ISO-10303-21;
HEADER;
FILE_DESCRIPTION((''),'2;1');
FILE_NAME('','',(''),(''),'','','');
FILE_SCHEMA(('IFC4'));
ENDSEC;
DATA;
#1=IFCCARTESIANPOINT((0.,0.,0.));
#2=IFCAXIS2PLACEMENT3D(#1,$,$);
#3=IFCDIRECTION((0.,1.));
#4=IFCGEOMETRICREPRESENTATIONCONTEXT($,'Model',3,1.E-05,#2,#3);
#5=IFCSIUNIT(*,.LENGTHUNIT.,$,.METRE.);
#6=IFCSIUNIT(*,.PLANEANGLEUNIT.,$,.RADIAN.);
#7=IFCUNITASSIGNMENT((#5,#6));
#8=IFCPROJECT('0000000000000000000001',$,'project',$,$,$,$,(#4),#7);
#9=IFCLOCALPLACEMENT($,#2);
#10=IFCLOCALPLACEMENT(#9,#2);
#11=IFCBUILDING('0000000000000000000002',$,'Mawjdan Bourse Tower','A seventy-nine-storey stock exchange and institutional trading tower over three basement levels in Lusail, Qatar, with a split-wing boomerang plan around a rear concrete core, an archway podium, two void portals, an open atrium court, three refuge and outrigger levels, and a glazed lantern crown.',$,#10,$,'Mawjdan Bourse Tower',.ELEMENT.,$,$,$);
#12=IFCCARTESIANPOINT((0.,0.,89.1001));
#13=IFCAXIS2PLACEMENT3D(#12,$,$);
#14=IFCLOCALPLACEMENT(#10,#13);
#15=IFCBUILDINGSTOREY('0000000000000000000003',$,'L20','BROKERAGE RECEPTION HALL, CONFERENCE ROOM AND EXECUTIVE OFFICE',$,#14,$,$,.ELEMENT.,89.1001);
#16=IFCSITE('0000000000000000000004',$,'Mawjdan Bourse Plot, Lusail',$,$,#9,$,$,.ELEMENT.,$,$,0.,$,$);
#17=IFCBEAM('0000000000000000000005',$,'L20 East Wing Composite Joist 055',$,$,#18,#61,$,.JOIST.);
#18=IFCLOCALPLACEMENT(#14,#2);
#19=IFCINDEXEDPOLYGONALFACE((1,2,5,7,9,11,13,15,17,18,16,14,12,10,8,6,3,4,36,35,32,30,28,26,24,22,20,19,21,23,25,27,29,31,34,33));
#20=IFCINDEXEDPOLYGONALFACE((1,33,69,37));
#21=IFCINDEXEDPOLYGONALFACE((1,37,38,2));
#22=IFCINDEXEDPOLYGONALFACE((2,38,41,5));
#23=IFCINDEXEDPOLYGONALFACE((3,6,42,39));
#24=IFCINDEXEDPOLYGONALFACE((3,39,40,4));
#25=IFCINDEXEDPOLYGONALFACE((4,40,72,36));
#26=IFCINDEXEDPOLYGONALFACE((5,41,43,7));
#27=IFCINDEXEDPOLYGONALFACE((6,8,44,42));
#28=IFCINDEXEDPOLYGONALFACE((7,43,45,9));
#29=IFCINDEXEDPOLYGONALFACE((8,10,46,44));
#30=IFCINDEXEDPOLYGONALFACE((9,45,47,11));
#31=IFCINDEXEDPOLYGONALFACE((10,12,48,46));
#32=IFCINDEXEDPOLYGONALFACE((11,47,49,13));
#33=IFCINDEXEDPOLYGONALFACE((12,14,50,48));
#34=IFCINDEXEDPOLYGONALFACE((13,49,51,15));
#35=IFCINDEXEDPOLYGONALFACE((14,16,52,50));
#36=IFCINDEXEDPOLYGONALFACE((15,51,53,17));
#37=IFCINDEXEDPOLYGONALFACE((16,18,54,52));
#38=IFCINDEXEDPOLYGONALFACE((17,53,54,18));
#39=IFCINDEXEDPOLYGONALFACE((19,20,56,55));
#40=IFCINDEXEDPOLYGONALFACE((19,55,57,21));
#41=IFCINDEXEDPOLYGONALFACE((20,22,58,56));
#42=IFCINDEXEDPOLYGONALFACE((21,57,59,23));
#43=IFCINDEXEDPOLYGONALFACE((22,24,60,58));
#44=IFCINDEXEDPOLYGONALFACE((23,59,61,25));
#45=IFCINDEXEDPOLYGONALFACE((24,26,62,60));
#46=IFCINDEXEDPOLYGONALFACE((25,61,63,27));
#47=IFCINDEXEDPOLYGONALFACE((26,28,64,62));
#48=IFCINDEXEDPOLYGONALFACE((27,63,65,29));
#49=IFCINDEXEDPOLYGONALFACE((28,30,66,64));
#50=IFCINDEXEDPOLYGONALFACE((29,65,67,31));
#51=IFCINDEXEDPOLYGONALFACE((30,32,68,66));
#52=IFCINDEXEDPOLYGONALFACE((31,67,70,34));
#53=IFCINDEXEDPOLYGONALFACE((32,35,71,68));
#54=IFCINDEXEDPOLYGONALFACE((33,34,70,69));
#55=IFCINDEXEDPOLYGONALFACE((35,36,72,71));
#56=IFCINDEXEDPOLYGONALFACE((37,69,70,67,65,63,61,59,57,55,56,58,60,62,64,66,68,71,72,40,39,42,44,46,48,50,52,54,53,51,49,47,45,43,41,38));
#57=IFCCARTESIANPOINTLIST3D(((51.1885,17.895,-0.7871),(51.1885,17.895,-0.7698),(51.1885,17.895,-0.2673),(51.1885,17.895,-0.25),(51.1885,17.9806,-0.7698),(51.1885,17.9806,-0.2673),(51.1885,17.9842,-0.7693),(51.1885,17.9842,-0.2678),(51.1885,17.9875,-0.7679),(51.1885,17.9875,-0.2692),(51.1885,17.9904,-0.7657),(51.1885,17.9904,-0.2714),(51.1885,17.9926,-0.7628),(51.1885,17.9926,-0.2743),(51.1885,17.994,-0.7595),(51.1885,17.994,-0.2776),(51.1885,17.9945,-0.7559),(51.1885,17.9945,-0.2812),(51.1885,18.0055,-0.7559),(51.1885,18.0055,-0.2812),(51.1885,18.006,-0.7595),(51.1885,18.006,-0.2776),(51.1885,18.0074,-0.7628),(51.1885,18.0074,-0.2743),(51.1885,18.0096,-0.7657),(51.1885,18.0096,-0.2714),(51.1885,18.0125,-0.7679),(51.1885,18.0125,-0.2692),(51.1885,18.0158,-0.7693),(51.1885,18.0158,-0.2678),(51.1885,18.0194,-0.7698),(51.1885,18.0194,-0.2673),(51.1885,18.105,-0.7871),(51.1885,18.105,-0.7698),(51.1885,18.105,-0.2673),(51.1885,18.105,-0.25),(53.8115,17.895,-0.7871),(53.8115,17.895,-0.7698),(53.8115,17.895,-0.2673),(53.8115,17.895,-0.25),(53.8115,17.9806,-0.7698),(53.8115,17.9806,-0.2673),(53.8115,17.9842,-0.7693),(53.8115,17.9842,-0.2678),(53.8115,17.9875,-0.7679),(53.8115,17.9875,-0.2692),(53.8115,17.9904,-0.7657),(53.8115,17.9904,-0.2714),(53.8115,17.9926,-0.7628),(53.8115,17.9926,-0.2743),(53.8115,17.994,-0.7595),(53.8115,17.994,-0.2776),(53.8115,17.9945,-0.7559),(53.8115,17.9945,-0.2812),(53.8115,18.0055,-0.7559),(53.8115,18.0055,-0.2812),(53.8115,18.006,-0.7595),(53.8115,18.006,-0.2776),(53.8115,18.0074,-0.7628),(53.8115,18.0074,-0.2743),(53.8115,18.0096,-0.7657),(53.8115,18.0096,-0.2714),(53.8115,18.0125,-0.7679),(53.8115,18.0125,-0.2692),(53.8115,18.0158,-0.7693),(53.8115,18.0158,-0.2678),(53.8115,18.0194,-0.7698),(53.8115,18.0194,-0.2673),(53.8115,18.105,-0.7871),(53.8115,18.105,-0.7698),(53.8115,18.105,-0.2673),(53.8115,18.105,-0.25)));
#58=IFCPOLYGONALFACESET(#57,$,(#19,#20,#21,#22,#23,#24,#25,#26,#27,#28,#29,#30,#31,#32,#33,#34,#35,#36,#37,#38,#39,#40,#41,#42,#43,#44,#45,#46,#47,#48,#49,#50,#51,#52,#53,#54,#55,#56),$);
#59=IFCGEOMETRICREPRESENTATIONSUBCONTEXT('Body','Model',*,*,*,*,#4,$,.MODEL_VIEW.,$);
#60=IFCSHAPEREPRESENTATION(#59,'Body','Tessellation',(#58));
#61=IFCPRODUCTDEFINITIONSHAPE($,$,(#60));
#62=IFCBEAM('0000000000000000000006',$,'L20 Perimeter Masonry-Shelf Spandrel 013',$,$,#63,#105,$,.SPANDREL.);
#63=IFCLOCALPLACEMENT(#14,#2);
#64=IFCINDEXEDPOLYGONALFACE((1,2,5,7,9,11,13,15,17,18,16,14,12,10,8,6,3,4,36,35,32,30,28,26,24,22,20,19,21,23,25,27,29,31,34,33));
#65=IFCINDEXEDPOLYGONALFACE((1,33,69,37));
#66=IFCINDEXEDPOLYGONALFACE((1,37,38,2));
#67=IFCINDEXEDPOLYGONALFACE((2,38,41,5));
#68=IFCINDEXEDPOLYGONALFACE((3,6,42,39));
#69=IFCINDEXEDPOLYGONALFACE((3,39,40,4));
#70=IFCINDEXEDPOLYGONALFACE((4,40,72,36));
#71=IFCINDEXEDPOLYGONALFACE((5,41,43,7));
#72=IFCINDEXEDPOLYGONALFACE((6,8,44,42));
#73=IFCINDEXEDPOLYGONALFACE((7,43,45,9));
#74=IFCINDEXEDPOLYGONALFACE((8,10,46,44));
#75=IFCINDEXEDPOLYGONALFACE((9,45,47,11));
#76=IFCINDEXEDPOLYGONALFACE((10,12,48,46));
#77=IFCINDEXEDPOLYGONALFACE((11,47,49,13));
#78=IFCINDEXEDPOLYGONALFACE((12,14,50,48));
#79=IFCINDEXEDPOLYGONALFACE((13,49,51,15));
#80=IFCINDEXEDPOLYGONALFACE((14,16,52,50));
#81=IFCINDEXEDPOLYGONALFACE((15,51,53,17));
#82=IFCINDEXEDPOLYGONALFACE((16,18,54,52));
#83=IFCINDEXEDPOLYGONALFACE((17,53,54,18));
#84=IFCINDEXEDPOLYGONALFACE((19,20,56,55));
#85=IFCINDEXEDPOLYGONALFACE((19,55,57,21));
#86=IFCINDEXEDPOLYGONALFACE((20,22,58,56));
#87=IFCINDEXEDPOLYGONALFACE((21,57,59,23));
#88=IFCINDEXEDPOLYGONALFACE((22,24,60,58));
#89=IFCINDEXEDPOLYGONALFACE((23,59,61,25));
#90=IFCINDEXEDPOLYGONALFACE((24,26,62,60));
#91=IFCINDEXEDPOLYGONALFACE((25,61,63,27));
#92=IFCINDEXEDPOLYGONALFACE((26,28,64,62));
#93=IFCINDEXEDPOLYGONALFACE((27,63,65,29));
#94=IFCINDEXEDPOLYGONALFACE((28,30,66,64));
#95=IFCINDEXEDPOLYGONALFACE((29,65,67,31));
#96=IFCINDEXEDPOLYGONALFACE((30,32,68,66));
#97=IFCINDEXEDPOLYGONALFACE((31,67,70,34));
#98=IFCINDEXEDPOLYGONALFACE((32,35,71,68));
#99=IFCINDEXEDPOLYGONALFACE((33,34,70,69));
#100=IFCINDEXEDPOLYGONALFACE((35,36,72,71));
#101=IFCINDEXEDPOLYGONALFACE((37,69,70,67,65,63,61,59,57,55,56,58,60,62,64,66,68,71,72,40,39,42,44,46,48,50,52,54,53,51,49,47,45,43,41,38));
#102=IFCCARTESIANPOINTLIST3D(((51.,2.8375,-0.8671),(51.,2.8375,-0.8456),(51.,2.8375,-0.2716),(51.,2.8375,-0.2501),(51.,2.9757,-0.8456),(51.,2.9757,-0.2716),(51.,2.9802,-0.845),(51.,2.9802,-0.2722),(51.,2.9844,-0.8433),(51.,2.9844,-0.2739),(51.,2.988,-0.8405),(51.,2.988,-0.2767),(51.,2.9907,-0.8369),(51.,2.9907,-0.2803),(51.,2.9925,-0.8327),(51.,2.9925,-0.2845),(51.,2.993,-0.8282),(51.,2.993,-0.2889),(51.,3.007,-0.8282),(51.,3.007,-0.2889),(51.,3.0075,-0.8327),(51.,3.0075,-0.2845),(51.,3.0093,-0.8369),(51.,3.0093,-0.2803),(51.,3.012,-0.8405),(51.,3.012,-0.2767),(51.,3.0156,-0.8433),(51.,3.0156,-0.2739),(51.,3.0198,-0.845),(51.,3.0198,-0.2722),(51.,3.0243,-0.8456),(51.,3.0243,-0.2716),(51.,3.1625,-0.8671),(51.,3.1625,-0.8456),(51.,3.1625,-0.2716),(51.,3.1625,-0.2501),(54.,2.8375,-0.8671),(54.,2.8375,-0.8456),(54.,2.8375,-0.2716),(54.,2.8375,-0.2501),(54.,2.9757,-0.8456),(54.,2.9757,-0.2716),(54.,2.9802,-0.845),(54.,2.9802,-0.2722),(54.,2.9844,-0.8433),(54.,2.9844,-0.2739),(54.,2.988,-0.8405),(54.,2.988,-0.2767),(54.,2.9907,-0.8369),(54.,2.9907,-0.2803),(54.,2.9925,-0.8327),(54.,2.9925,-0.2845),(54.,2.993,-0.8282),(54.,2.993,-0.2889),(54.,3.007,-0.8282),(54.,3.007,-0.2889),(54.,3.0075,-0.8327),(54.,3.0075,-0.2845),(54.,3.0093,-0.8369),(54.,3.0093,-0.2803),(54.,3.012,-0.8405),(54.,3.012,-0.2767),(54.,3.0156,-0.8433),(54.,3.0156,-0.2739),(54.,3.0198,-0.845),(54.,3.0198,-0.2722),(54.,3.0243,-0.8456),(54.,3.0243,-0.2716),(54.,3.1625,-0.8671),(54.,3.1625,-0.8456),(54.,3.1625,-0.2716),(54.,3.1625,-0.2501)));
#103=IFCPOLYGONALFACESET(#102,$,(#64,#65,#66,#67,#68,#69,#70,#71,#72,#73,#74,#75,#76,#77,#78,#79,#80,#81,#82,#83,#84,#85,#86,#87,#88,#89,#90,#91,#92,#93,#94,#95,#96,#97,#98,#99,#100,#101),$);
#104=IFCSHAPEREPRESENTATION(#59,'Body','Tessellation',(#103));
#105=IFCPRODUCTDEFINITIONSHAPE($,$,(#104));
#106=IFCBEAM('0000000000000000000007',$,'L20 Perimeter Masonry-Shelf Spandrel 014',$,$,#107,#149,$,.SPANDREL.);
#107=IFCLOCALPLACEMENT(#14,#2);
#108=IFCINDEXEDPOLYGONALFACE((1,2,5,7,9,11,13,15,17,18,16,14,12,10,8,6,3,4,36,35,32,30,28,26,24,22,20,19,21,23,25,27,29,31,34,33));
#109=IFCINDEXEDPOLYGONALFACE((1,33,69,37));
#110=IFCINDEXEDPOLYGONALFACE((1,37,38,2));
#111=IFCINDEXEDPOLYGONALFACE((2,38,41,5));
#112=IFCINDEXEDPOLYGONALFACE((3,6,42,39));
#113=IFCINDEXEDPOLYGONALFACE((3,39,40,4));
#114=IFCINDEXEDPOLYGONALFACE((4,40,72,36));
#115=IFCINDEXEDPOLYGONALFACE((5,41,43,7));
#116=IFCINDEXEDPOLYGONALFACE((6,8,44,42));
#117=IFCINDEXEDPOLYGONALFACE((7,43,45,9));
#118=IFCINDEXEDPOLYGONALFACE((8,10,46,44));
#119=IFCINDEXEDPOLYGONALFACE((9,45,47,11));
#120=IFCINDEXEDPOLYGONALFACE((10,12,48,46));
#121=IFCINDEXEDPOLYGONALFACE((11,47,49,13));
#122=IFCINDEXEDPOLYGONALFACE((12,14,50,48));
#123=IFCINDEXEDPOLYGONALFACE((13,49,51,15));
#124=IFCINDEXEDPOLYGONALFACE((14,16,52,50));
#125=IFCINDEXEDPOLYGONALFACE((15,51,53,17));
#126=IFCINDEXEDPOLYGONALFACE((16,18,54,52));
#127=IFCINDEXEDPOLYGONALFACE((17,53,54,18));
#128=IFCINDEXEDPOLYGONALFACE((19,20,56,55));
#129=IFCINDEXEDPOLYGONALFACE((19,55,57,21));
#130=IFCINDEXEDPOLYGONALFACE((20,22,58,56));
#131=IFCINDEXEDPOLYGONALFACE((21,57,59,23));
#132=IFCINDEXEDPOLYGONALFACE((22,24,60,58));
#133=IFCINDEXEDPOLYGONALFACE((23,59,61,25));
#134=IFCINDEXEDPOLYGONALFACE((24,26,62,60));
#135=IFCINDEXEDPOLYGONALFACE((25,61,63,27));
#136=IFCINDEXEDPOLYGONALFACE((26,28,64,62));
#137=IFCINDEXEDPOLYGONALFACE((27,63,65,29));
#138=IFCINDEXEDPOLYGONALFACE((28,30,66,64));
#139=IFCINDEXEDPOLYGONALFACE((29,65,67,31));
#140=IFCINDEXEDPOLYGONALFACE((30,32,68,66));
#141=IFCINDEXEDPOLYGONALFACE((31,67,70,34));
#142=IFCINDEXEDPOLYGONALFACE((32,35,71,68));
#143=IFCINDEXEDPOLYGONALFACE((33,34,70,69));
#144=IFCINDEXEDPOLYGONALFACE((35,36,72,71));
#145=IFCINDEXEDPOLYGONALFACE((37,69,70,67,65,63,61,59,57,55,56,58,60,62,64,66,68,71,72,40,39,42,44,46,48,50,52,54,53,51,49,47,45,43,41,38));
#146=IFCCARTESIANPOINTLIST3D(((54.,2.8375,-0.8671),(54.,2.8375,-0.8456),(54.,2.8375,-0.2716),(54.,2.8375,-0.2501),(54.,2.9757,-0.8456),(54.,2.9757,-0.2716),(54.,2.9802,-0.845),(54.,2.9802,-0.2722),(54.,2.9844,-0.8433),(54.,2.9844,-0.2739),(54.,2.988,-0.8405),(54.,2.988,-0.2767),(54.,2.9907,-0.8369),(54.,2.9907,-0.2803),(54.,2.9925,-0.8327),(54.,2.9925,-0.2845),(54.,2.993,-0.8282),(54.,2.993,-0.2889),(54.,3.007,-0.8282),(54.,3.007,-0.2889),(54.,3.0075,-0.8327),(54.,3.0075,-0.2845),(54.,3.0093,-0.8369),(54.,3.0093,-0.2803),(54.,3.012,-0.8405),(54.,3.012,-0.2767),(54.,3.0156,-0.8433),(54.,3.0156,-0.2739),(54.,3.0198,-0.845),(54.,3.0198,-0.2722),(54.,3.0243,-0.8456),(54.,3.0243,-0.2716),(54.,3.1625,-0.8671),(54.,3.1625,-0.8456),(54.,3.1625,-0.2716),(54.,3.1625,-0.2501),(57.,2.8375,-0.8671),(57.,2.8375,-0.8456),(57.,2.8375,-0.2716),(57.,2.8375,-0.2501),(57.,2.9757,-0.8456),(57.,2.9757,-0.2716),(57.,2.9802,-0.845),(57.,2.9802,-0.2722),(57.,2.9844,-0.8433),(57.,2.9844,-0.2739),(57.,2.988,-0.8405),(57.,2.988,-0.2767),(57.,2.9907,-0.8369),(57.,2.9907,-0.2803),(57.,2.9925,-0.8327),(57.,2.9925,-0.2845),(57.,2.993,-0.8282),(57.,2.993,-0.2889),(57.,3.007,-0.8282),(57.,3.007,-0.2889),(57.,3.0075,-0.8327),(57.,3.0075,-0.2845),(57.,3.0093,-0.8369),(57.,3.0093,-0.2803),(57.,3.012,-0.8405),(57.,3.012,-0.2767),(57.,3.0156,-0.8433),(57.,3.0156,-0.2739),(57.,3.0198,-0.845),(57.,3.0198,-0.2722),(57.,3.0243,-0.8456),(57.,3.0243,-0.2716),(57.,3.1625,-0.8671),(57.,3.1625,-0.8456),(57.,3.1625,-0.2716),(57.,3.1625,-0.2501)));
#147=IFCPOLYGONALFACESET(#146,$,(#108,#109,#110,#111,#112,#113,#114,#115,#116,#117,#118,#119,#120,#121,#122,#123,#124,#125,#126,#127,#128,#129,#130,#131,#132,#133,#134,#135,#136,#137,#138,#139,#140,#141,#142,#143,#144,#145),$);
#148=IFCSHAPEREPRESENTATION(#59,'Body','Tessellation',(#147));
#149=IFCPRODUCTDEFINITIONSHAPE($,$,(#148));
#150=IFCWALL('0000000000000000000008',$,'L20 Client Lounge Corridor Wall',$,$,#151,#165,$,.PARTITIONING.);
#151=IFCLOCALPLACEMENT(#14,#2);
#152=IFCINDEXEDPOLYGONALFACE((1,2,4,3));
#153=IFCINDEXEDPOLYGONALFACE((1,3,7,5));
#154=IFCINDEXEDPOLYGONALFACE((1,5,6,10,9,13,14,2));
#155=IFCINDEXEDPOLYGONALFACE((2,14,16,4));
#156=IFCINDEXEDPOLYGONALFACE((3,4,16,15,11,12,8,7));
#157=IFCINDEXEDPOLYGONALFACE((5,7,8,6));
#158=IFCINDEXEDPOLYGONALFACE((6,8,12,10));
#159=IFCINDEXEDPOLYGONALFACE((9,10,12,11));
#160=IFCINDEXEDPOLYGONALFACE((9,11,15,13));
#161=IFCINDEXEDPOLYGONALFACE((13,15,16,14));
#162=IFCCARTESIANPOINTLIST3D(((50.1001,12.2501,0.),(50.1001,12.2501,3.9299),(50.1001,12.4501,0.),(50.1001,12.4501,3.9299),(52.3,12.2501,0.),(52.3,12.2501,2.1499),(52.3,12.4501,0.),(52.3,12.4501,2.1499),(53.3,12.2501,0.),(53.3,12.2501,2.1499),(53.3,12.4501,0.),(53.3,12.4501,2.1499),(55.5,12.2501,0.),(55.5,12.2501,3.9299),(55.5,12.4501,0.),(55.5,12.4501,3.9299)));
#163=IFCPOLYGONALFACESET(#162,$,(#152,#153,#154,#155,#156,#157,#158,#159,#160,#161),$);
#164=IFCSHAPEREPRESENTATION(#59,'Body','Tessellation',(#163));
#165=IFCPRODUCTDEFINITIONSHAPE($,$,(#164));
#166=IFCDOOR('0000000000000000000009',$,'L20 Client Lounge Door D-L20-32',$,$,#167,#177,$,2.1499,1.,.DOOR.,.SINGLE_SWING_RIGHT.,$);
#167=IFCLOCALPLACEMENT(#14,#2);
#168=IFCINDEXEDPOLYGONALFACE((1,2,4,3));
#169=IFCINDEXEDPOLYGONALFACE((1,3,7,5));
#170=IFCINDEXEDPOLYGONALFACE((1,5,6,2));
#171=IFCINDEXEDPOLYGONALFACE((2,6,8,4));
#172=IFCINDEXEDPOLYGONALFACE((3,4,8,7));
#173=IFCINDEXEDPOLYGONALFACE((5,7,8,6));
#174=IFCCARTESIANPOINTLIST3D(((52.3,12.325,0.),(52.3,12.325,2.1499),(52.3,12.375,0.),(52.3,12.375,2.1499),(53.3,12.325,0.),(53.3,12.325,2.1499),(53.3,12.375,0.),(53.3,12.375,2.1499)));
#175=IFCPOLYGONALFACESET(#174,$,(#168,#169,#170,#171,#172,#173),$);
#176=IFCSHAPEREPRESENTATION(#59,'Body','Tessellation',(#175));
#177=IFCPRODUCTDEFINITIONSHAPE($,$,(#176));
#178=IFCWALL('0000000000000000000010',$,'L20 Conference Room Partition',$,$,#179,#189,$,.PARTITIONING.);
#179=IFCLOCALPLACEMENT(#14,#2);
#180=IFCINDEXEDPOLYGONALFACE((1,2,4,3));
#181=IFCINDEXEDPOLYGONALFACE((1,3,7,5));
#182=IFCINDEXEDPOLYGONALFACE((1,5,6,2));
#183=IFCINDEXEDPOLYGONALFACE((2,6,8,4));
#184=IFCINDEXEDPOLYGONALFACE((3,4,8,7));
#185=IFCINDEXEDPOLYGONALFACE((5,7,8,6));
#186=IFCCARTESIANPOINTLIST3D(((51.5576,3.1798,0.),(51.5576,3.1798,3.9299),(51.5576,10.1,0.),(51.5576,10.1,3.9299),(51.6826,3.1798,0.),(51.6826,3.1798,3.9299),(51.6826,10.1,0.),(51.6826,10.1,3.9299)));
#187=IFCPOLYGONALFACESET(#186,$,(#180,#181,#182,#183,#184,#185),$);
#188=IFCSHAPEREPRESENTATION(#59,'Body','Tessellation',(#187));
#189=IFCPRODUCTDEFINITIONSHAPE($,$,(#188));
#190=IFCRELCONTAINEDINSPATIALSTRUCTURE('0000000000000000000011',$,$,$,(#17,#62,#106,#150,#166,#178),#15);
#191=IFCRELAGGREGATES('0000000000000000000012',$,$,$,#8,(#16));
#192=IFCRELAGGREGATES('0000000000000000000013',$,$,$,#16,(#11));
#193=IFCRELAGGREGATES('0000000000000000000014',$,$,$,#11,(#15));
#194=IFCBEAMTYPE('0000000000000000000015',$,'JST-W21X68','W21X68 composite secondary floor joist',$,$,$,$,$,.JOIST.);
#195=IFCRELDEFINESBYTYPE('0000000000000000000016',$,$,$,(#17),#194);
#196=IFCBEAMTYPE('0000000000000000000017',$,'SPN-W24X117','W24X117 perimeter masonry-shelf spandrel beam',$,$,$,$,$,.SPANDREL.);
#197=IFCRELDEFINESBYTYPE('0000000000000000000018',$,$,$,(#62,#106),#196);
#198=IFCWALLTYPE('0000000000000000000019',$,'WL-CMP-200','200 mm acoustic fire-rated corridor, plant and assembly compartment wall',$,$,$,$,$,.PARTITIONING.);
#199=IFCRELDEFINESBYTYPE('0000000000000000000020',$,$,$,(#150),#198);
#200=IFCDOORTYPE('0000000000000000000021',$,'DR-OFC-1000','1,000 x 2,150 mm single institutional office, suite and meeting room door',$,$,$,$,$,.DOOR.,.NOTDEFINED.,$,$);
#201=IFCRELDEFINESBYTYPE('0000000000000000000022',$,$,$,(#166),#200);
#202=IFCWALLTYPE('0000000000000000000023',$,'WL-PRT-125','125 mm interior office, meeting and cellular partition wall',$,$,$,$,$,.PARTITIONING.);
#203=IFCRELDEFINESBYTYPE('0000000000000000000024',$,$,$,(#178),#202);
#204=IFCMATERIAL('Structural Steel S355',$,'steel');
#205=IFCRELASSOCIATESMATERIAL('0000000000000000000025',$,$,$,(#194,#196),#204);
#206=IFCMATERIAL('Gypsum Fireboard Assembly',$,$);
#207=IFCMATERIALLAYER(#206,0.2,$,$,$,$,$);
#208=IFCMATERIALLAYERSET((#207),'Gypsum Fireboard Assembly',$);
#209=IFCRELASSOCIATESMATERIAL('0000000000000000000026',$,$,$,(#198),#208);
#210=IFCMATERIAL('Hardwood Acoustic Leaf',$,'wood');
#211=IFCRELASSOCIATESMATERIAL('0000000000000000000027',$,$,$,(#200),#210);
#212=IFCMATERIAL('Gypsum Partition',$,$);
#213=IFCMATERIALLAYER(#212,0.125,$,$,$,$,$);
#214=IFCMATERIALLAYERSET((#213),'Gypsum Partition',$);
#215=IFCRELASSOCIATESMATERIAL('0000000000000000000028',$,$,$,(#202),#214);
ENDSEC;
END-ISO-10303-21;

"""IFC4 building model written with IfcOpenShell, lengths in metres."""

from ifc_helpers import new_model, si_unit, direction, frame, frame_2d, origin, origin_2d, place, context, subcontext, project, spatial, rectangle, i_section, extrude, material, layer, layer_set, material_profile, profile_set, type_object, element, fill, save


model = new_model("IFC4")

# Units and contexts
model_context = context("Model", 3, precision=1e-05, world=origin(), true_north=direction((0.0, 1.0)))
body_context = subcontext(model_context, "Body", "Model", "MODEL_VIEW")
ifc_project = project(units=[si_unit("LENGTHUNIT", "METRE"), si_unit("PLANEANGLEUNIT", "RADIAN")], contexts=[model_context])

# Site, building, storey
site_placement = place(None, origin())
site = spatial("IfcSite", under=ifc_project, at=site_placement, Name="Mawjdan Bourse Plot, Lusail", CompositionType="ELEMENT", RefElevation=0.0)
building_placement = place(site_placement, origin())
building = spatial("IfcBuilding", under=site, at=building_placement, Name="Mawjdan Bourse Tower", Description="A seventy-nine-storey stock exchange and institutional trading tower over three basement levels in Lusail, Qatar, with a split-wing boomerang plan around a rear concrete core, an archway podium, two void portals, an open atrium court, three refuge and outrigger levels, and a glazed lantern crown.", LongName="Mawjdan Bourse Tower", CompositionType="ELEMENT")
storey_placement = place(building_placement, frame((0.0, 0.0, 89.1001)))
storey = spatial("IfcBuildingStorey", under=building, at=storey_placement, Name="L20", Description="BROKERAGE RECEPTION HALL, CONFERENCE ROOM AND EXECUTIVE OFFICE", CompositionType="ELEMENT", Elevation=89.1001)

# Beams
ifc_material_1 = material(Name="Structural Steel S355", Category="steel")
ifc_material_profile_1 = material_profile(ifc_material_1, i_section(OverallWidth=0.21, OverallDepth=0.5371, WebThickness=0.011, FlangeThickness=0.0173, FilletRadius=0.0139, at=origin_2d()), Name="W21X68")
ifc_profile_set_1 = profile_set([ifc_material_profile_1], Name="Structural Steel S355")
beam_type_1 = type_object("IfcBeamType", Name="JST-W21X68", Description="W21X68 composite secondary floor joist", PredefinedType="JOIST", material=ifc_profile_set_1)
for number, where, z_axis, x_axis, name in (
    (1, (51.1885, 18.0, -0.5186), (1.0, 0.0, 0.0), (0.0, 1.0, 0.0), "L20 East Wing Composite Joist 055"),
):
    element("IfcBeam", number, at=place(storey_placement, frame(where, z_axis=z_axis, x_axis=x_axis)), inside=storey, type_object=beam_type_1, Name=name, PredefinedType="JOIST", context=body_context, shape_type="SweptSolid", body=[
        extrude(i_section(OverallWidth=0.21, OverallDepth=0.5371, WebThickness=0.011, FlangeThickness=0.0173, FilletRadius=0.0139, at=origin_2d()), origin(), (0.0, 0.0, 1.0), 2.623),
    ])
ifc_material_profile_2 = material_profile(ifc_material_1, i_section(OverallWidth=0.325, OverallDepth=0.6169, WebThickness=0.0139, FlangeThickness=0.0215, FilletRadius=0.0173, at=origin_2d()), Name="W24X117")
ifc_profile_set_2 = profile_set([ifc_material_profile_2], Name="Structural Steel S355")
beam_type_2 = type_object("IfcBeamType", Name="SPN-W24X117", Description="W24X117 perimeter masonry-shelf spandrel beam", PredefinedType="SPANDREL", material=ifc_profile_set_2)
for number, where, z_axis, x_axis, name in (
    (2, (51.0, 3.0, -0.5586), (1.0, 0.0, 0.0), (0.0, 1.0, 0.0), "L20 Perimeter Masonry-Shelf Spandrel 013"),
    (3, (54.0, 3.0, -0.5586), (1.0, 0.0, 0.0), (0.0, 1.0, 0.0), "L20 Perimeter Masonry-Shelf Spandrel 014"),
):
    element("IfcBeam", number, at=place(storey_placement, frame(where, z_axis=z_axis, x_axis=x_axis)), inside=storey, type_object=beam_type_2, Name=name, PredefinedType="SPANDREL", context=body_context, shape_type="SweptSolid", body=[
        extrude(i_section(OverallWidth=0.325, OverallDepth=0.6169, WebThickness=0.0139, FlangeThickness=0.0215, FilletRadius=0.0173, at=origin_2d()), origin(), (0.0, 0.0, 1.0), 3.0),
    ])

# Wall, opening, door
ifc_material_2 = material(Name="Gypsum Fireboard Assembly")
ifc_layer_1 = layer(ifc_material_2, 0.2)
ifc_layer_set_1 = layer_set([ifc_layer_1], Name="Gypsum Fireboard Assembly")
wall_type_1 = type_object("IfcWallType", Name="WL-CMP-200", Description="200 mm acoustic fire-rated corridor, plant and assembly compartment wall", PredefinedType="PARTITIONING", material=ifc_layer_set_1)
ifc_material_3 = material(Name="Hardwood Acoustic Leaf", Category="wood")
door_type = type_object("IfcDoorType", Name="DR-OFC-1000", Description="1,000 x 2,150 mm single institutional office, suite and meeting room door", OperationType="NOTDEFINED", PredefinedType="DOOR", material=ifc_material_3)
wall_1_placement = place(storey_placement, frame((50.1001, 12.3501, 0.0), z_axis=(0.0, 0.0, 1.0), x_axis=(1.0, 0.0, 0.0)))
wall_1 = element("IfcWall", 4, at=wall_1_placement, inside=storey, type_object=wall_type_1, Name="L20 Client Lounge Corridor Wall", PredefinedType="PARTITIONING", context=body_context, shape_type="SweptSolid", body=[
    extrude(rectangle(XDim=5.3999, YDim=0.2, at=frame_2d((2.7, 0.0))), origin(), (0.0, 0.0, 1.0), 3.9299),
])
opening_1_placement = place(wall_1_placement, frame((2.2, 0.0, 0.0)))
opening_1 = element("IfcOpeningElement", 5, at=opening_1_placement, cuts=wall_1, PredefinedType="OPENING", context=body_context, shape_type="SweptSolid", body=[
    extrude(rectangle(XDim=1.0, YDim=2.1499, at=frame_2d((0.5, 1.075))), frame((0.0, 0.1099, 0.0), z_axis=(0.0, -1.0, 0.0), x_axis=(1.0, 0.0, 0.0)), (0.0, 0.0, 1.0), 0.22),
])
door_1_placement = place(opening_1_placement, origin())
door_1 = element("IfcDoor", 6, at=door_1_placement, inside=storey, type_object=door_type, Name="L20 Client Lounge Door D-L20-32", OperationType="SINGLE_SWING_RIGHT", OverallHeight=2.1499, OverallWidth=1.0, PredefinedType="DOOR", context=body_context, shape_type="SweptSolid", body=[
    extrude(rectangle(XDim=1.0, YDim=2.1499, at=frame_2d((0.5, 1.075))), frame((0.0, 0.0249, 0.0), z_axis=(0.0, -1.0, 0.0), x_axis=(1.0, 0.0, 0.0)), (0.0, 0.0, 1.0), 0.05),
])
fill(opening_1, door_1)

# Wall
ifc_material_4 = material(Name="Gypsum Partition")
ifc_layer_2 = layer(ifc_material_4, 0.125)
ifc_layer_set_2 = layer_set([ifc_layer_2], Name="Gypsum Partition")
wall_type_2 = type_object("IfcWallType", Name="WL-PRT-125", Description="125 mm interior office, meeting and cellular partition wall", PredefinedType="PARTITIONING", material=ifc_layer_set_2)
wall_2_placement = place(storey_placement, frame((51.6201, 3.1799, 0.0), z_axis=(0.0, 0.0, 1.0), x_axis=(0.0, 1.0, 0.0)))
element("IfcWall", 7, at=wall_2_placement, inside=storey, type_object=wall_type_2, Name="L20 Conference Room Partition", PredefinedType="PARTITIONING", context=body_context, shape_type="SweptSolid", body=[
    extrude(rectangle(XDim=6.9202, YDim=0.125, at=frame_2d((3.46, 0.0))), origin(), (0.0, 0.0, 1.0), 3.9299),
])

save(model, "model.ifc")
